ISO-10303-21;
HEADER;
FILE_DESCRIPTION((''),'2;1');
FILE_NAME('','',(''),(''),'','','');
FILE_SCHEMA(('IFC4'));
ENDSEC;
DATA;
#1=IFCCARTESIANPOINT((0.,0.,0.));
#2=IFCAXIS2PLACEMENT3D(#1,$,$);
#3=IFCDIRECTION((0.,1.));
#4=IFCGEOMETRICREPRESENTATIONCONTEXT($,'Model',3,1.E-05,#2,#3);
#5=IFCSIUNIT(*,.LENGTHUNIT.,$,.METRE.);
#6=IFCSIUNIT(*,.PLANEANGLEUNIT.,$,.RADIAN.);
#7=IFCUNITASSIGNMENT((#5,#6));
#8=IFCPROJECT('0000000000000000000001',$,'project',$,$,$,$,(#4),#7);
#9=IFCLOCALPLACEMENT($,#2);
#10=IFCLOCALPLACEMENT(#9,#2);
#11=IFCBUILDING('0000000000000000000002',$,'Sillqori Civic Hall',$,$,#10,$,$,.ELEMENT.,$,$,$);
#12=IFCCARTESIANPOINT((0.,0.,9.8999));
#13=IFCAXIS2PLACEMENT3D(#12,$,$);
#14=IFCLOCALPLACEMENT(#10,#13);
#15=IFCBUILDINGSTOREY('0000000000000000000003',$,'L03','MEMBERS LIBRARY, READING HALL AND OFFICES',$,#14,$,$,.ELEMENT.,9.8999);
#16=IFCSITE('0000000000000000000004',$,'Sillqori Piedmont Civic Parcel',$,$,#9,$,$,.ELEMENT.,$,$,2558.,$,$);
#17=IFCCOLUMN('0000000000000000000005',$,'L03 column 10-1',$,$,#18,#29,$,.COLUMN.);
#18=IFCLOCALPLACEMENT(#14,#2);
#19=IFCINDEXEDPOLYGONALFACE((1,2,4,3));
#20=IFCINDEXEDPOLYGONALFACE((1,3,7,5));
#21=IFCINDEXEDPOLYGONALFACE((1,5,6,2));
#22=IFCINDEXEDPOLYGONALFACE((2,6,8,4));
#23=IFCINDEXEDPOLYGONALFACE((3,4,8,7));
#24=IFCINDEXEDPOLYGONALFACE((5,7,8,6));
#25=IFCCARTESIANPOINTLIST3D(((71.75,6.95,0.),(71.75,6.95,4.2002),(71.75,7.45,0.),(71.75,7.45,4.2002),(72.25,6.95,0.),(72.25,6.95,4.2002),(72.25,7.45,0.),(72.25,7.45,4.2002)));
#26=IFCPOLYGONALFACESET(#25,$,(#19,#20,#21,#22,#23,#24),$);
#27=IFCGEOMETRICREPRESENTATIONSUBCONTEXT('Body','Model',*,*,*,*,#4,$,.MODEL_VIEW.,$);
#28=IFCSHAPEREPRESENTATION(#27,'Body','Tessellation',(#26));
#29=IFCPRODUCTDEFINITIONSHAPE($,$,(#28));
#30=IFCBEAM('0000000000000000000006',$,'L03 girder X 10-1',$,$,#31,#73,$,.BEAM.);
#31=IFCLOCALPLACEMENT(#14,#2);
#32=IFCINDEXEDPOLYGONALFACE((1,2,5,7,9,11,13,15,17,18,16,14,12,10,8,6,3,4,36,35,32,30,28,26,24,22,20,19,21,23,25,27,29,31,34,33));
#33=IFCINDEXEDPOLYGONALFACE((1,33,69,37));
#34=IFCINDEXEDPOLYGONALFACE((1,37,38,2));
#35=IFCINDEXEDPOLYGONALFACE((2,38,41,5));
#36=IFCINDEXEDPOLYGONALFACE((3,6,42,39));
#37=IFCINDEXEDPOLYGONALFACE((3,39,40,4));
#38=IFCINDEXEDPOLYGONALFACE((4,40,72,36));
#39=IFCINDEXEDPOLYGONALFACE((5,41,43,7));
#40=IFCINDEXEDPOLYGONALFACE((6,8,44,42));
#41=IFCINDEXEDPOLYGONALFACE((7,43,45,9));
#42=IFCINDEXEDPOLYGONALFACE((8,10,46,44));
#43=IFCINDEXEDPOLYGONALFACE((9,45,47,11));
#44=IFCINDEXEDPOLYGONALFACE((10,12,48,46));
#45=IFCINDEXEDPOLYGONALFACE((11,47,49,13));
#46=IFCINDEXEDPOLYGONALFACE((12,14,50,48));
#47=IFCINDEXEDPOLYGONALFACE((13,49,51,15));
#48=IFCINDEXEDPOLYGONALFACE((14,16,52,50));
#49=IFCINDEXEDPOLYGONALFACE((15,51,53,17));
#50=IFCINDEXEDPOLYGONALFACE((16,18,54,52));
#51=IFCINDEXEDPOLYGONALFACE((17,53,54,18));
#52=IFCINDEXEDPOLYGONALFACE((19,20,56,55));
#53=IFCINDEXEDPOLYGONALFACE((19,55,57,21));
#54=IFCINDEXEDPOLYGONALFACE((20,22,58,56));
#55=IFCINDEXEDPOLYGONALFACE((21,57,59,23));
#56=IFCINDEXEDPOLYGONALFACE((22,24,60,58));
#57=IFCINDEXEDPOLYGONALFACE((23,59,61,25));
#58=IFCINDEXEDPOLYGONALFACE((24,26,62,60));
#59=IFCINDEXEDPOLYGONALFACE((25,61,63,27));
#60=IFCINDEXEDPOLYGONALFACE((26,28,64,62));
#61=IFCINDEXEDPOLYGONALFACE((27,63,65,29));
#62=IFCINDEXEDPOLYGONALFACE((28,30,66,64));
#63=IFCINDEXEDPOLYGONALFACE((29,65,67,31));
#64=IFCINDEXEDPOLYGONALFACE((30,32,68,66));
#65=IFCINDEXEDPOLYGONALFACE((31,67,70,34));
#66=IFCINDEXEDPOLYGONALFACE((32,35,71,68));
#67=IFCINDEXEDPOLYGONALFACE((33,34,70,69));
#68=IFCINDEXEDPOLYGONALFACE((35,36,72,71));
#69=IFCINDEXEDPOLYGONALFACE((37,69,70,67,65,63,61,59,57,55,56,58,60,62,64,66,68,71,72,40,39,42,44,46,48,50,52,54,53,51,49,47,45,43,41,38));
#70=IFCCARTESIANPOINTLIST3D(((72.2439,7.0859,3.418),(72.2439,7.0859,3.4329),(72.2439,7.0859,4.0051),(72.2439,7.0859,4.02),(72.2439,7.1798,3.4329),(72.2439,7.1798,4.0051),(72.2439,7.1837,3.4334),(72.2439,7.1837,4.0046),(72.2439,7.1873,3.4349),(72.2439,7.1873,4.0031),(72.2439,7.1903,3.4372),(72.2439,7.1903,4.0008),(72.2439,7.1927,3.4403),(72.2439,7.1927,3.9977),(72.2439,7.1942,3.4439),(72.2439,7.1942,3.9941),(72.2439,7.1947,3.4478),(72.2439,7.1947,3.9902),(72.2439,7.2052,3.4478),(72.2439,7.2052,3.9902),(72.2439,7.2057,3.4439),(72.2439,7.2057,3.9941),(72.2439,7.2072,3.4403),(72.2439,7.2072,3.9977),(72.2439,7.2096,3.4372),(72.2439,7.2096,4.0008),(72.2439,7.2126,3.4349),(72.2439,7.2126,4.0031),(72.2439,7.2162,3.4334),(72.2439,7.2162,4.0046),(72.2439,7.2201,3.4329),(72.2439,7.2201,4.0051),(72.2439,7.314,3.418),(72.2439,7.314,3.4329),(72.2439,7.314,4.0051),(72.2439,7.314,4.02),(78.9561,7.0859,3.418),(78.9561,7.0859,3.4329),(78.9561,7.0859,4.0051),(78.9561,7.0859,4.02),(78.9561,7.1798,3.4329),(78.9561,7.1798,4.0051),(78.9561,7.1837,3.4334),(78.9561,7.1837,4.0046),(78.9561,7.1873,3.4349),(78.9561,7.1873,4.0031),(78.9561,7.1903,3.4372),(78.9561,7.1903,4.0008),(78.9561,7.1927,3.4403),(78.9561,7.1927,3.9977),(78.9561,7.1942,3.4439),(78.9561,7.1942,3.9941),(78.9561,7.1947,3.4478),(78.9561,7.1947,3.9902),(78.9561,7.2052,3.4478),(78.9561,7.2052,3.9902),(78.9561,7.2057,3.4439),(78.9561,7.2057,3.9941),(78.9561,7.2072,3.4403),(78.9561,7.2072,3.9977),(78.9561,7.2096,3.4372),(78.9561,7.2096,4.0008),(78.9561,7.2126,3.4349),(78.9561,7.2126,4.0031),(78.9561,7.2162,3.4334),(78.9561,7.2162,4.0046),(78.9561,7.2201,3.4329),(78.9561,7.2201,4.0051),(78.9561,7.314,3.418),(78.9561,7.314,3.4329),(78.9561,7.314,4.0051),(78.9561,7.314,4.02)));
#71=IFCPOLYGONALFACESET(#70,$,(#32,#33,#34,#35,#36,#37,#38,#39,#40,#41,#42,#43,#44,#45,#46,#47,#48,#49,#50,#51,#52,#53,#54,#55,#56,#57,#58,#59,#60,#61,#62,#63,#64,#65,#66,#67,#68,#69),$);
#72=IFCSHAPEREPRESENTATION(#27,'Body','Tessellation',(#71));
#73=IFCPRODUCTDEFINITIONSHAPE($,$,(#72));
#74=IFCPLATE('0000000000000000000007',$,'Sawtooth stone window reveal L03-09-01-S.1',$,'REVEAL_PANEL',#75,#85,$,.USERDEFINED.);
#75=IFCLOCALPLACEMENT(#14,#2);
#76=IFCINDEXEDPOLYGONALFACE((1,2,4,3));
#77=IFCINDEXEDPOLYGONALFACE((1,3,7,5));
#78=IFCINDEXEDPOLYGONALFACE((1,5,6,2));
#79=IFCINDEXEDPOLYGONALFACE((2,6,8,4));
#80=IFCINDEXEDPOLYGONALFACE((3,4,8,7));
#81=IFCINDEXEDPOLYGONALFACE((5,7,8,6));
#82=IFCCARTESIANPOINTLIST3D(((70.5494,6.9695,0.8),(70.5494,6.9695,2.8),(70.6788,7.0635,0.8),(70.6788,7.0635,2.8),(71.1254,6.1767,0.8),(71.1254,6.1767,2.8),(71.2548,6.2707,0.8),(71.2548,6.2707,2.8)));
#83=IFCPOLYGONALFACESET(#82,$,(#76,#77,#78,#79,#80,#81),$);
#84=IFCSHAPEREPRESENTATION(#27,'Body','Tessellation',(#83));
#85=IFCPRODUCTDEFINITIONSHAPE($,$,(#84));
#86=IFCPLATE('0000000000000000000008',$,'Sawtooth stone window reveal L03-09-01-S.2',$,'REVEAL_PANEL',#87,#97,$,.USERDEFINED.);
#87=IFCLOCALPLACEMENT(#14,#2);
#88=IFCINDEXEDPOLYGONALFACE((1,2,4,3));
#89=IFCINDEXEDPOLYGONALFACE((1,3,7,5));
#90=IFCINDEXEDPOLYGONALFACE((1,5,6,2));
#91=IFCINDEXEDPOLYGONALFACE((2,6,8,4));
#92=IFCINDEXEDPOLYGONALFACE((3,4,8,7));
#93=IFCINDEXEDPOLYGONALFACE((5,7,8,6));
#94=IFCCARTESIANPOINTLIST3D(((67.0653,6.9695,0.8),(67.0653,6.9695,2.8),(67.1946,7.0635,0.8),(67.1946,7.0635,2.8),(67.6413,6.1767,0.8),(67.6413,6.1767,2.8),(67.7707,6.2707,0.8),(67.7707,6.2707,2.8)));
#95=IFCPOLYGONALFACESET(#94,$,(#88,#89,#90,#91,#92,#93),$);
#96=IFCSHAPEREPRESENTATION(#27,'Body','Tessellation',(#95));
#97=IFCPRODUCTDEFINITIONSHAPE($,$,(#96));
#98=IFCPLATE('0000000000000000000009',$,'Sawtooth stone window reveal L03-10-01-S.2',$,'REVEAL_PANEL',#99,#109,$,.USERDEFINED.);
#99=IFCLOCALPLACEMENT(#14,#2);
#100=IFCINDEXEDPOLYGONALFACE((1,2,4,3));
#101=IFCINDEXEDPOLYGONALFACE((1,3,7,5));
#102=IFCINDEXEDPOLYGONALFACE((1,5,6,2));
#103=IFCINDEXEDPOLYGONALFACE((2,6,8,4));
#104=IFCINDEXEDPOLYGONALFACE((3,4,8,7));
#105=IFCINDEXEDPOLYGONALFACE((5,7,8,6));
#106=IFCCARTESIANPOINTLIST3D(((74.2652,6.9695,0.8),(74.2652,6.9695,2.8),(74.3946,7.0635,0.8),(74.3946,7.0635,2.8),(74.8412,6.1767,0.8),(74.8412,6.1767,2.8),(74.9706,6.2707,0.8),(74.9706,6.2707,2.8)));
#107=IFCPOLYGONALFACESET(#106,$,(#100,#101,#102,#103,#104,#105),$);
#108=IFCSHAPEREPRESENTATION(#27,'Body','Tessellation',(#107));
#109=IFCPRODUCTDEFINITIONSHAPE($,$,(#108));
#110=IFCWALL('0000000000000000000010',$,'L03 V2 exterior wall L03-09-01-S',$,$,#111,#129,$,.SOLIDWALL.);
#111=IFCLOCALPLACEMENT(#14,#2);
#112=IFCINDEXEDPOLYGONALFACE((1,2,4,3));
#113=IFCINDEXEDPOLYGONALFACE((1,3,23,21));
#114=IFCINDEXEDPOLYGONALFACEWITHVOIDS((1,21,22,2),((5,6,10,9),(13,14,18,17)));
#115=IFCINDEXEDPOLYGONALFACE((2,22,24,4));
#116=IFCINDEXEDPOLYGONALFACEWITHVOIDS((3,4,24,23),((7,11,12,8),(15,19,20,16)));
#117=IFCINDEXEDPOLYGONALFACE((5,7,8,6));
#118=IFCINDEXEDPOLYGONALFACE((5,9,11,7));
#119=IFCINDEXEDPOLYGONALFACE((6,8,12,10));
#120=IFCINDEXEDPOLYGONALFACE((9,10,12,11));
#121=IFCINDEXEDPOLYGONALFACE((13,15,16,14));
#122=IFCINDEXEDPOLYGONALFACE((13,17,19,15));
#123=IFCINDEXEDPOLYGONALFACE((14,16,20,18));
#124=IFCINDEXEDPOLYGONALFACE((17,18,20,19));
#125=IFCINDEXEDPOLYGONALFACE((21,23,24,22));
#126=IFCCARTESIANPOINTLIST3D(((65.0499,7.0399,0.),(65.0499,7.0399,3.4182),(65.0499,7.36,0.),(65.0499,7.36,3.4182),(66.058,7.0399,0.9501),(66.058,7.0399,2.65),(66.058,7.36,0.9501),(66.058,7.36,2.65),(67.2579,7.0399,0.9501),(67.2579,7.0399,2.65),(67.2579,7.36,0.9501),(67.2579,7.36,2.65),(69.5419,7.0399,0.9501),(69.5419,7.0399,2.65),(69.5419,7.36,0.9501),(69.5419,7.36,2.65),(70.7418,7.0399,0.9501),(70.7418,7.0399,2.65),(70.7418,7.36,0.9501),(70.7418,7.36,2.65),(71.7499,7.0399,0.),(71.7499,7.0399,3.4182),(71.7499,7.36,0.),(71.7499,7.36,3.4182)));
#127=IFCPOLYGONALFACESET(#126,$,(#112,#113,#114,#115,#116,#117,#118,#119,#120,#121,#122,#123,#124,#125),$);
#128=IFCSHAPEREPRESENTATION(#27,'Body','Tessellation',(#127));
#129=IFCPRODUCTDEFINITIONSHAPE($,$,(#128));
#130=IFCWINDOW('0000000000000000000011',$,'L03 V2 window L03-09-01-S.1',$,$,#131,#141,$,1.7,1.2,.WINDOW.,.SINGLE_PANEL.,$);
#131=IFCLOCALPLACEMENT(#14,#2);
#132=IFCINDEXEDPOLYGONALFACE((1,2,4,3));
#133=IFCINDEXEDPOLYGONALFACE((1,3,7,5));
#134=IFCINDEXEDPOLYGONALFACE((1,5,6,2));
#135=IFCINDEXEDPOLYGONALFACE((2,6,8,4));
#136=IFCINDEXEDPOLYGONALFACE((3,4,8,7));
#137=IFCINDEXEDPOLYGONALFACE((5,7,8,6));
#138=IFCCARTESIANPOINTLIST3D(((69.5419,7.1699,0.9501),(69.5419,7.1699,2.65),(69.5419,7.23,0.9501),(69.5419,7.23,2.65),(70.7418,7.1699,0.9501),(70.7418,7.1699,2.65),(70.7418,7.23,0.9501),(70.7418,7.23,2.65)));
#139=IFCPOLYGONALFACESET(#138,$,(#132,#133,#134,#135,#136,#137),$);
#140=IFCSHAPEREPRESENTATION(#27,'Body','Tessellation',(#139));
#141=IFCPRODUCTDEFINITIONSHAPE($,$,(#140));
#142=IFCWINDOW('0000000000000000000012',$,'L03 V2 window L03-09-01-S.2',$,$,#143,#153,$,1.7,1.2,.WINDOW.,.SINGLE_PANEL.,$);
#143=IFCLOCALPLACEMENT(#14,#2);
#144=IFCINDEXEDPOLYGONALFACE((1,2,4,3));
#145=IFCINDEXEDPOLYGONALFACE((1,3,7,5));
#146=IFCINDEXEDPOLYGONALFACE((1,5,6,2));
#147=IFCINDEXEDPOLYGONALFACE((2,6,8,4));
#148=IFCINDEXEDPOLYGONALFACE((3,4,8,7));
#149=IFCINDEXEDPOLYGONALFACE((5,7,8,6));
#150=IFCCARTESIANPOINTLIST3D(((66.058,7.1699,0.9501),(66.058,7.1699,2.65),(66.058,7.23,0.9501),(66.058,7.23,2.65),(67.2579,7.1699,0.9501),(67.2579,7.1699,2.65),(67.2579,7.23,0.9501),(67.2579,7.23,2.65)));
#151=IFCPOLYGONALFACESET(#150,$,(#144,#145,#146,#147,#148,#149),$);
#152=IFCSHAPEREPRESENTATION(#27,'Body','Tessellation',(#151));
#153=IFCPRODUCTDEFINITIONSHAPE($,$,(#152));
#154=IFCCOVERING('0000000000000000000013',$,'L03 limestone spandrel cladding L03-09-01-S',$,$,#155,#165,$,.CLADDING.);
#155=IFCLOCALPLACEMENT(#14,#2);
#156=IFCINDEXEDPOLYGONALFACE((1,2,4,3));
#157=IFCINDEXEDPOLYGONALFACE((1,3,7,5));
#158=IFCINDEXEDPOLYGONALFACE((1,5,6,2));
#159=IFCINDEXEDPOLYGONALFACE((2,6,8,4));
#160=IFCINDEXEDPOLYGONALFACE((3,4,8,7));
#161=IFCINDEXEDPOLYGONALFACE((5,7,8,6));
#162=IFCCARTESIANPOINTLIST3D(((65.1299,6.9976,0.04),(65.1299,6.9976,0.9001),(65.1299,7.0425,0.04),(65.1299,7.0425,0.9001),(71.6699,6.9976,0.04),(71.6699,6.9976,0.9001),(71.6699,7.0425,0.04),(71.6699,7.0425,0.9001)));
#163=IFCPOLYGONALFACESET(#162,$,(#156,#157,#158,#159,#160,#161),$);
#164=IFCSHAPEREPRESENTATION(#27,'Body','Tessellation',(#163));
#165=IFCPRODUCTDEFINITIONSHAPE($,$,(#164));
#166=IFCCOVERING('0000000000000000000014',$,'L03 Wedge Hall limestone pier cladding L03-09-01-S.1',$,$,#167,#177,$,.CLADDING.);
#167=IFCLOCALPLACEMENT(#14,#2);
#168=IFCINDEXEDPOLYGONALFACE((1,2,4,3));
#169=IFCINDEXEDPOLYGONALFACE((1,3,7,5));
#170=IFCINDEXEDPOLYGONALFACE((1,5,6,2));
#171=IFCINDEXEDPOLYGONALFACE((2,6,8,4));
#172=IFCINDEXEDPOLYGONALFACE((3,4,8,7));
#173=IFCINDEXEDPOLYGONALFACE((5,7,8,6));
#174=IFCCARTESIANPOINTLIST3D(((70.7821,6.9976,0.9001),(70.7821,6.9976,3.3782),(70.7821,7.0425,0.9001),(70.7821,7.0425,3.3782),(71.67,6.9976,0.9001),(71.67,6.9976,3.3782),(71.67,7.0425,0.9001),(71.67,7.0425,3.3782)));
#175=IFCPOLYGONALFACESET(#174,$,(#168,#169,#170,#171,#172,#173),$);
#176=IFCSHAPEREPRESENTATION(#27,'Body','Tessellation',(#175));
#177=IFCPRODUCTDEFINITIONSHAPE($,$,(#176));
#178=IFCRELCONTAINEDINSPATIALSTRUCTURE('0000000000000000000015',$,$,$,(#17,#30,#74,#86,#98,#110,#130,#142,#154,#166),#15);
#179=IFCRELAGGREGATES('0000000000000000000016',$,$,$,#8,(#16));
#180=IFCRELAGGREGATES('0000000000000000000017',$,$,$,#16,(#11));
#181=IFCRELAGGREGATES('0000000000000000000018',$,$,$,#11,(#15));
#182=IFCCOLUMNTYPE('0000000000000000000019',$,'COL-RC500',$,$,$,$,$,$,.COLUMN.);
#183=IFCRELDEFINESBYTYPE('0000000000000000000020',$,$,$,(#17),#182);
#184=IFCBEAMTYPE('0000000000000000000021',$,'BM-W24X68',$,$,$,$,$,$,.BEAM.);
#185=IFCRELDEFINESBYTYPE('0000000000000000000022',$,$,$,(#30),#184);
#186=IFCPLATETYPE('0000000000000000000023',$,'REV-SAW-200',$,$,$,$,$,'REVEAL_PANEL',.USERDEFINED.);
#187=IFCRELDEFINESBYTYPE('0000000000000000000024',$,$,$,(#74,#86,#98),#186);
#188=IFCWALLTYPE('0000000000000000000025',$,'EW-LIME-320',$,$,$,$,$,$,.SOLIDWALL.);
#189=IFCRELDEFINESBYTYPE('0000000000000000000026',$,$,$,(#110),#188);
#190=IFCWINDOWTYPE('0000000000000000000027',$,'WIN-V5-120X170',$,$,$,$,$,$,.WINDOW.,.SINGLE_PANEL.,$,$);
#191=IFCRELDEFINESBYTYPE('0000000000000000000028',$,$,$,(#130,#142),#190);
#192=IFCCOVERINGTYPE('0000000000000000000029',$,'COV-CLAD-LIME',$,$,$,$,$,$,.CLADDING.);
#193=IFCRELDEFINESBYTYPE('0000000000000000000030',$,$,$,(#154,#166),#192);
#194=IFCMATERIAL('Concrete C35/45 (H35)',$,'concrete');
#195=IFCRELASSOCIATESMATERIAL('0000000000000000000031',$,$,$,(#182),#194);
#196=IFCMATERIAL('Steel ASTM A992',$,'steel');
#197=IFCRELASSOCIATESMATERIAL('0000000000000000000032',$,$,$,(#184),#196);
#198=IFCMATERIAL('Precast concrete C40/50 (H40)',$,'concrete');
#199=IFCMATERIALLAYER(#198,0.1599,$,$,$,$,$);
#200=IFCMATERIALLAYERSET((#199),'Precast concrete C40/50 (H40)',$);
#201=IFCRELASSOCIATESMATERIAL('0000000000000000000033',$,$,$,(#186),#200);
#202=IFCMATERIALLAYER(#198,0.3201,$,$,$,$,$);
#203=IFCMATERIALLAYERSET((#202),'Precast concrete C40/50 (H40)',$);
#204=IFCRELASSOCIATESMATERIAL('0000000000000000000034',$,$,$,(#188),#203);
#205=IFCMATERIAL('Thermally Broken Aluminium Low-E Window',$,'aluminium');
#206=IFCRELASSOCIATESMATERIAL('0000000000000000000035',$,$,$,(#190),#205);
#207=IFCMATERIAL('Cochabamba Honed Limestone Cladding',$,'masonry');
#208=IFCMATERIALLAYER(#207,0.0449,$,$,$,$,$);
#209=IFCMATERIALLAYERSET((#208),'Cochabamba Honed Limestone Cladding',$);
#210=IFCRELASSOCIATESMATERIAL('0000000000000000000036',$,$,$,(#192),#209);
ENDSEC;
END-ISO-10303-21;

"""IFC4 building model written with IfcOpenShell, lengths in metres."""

from ifc_helpers import new_model, si_unit, direction, frame, frame_2d, origin, origin_2d, place, context, subcontext, project, spatial, rectangle, i_section, extrude, material, layer, layer_set, material_profile, profile_set, type_object, element, fill, save


model = new_model("IFC4")

# Units and contexts
model_context = context("Model", 3, precision=1e-05, world=origin(), true_north=direction((0.0, 1.0)))
body_context = subcontext(model_context, "Body", "Model", "MODEL_VIEW")
ifc_project = project(units=[si_unit("LENGTHUNIT", "METRE"), si_unit("PLANEANGLEUNIT", "RADIAN")], contexts=[model_context])

# Site, building, storey
site_placement = place(None, origin())
site = spatial("IfcSite", under=ifc_project, at=site_placement, Name="Sillqori Piedmont Civic Parcel", CompositionType="ELEMENT", RefElevation=2558.0)
building_placement = place(site_placement, origin())
building = spatial("IfcBuilding", under=site, at=building_placement, Name="Sillqori Civic Hall", CompositionType="ELEMENT")
storey_placement = place(building_placement, frame((0.0, 0.0, 9.8999)))
storey = spatial("IfcBuildingStorey", under=building, at=storey_placement, Name="L03", Description="MEMBERS LIBRARY, READING HALL AND OFFICES", CompositionType="ELEMENT", Elevation=9.8999)

# Column
ifc_material_1 = material(Name="Concrete C35/45 (H35)", Category="concrete")
ifc_material_profile_1 = material_profile(ifc_material_1, rectangle(XDim=0.5, YDim=0.5, at=origin_2d()), Name="RC 500x500")
ifc_profile_set_1 = profile_set([ifc_material_profile_1], Name="Concrete C35/45 (H35)")
column_type = type_object("IfcColumnType", Name="COL-RC500", PredefinedType="COLUMN", material=ifc_profile_set_1)
column_placement = place(storey_placement, frame((72.0, 7.2, 0.0), z_axis=(0.0, 0.0, 1.0), x_axis=(1.0, 0.0, 0.0)))
element("IfcColumn", 1, at=column_placement, inside=storey, type_object=column_type, Name="L03 column 10-1", PredefinedType="COLUMN", context=body_context, shape_type="SweptSolid", body=[
    extrude(rectangle(XDim=0.5, YDim=0.5, at=origin_2d()), origin(), (0.0, 0.0, 1.0), 4.2002),
])

# Beam
ifc_material_2 = material(Name="Steel ASTM A992", Category="steel")
ifc_material_profile_2 = material_profile(ifc_material_2, i_section(OverallWidth=0.228, OverallDepth=0.6021, WebThickness=0.0105, FlangeThickness=0.0149, FilletRadius=0.0149, at=origin_2d()), Name="W24X68")
ifc_profile_set_2 = profile_set([ifc_material_profile_2], Name="Steel ASTM A992")
beam_type = type_object("IfcBeamType", Name="BM-W24X68", PredefinedType="BEAM", material=ifc_profile_set_2)
beam_placement = place(storey_placement, frame((72.2439, 7.2, 3.719), z_axis=(1.0, 0.0, 0.0), x_axis=(0.0, 1.0, 0.0)))
element("IfcBeam", 2, at=beam_placement, inside=storey, type_object=beam_type, Name="L03 girder X 10-1", PredefinedType="BEAM", context=body_context, shape_type="SweptSolid", body=[
    extrude(i_section(OverallWidth=0.228, OverallDepth=0.6021, WebThickness=0.0105, FlangeThickness=0.0149, FilletRadius=0.0149, at=origin_2d()), origin(), (0.0, 0.0, 1.0), 6.7122),
])

# Plates
ifc_material_3 = material(Name="Precast concrete C40/50 (H40)", Category="concrete")
ifc_layer_1 = layer(ifc_material_3, 0.1599)
ifc_layer_set_1 = layer_set([ifc_layer_1], Name="Precast concrete C40/50 (H40)")
plate_type = type_object("IfcPlateType", Name="REV-SAW-200", ElementType="REVEAL_PANEL", PredefinedType="USERDEFINED", material=ifc_layer_set_1)
for number, where, z_axis, x_axis, name in (
    (3, (70.9021, 6.6201, 0.8), (0.0, 0.0, 1.0), (-0.809017, -0.587785, 0.0), "Sawtooth stone window reveal L03-09-01-S.1"),
    (4, (67.418, 6.6201, 0.8), (0.0, 0.0, 1.0), (-0.809017, -0.587785, 0.0), "Sawtooth stone window reveal L03-09-01-S.2"),
    (5, (74.6179, 6.6201, 0.8), (0.0, 0.0, 1.0), (-0.809017, -0.587785, 0.0), "Sawtooth stone window reveal L03-10-01-S.2"),
):
    element("IfcPlate", number, at=place(storey_placement, frame(where, z_axis=z_axis, x_axis=x_axis)), inside=storey, type_object=plate_type, Name=name, ObjectType="REVEAL_PANEL", PredefinedType="USERDEFINED", context=body_context, shape_type="SweptSolid", body=[
        extrude(rectangle(XDim=0.1599, YDim=0.98, at=origin_2d()), origin(), (0.0, 0.0, 1.0), 2.0),
    ])

# Wall, openings, windows
ifc_layer_2 = layer(ifc_material_3, 0.3201)
ifc_layer_set_2 = layer_set([ifc_layer_2], Name="Precast concrete C40/50 (H40)")
wall_type = type_object("IfcWallType", Name="EW-LIME-320", PredefinedType="SOLIDWALL", material=ifc_layer_set_2)
wall_placement = place(storey_placement, frame((71.75, 7.2, 0.0), z_axis=(0.0, 0.0, 1.0), x_axis=(-1.0, 0.0, 0.0)))
wall = element("IfcWall", 6, at=wall_placement, inside=storey, type_object=wall_type, Name="L03 V2 exterior wall L03-09-01-S", PredefinedType="SOLIDWALL", context=body_context, shape_type="SweptSolid", body=[
    extrude(rectangle(XDim=6.7, YDim=0.3201, at=frame_2d((3.3501, 0.0))), origin(), (0.0, 0.0, 1.0), 3.4182),
])
opening_1_placement = place(wall_placement, frame((1.0081, 0.0, 0.95)))
opening_1 = element("IfcOpeningElement", 7, at=opening_1_placement, cuts=wall, PredefinedType="OPENING", context=body_context, shape_type="SweptSolid", body=[
    extrude(rectangle(XDim=1.2, YDim=1.7, at=frame_2d((0.6001, 0.8501))), frame((0.0, 0.1699, 0.0), z_axis=(0.0, -1.0, 0.0), x_axis=(1.0, 0.0, 0.0)), (0.0, 0.0, 1.0), 0.3401),
])
opening_2_placement = place(wall_placement, frame((4.4919, 0.0, 0.95)))
opening_2 = element("IfcOpeningElement", 8, at=opening_2_placement, cuts=wall, PredefinedType="OPENING", context=body_context, shape_type="SweptSolid", body=[
    extrude(rectangle(XDim=1.2, YDim=1.7, at=frame_2d((0.6001, 0.8501))), frame((0.0, 0.1699, 0.0), z_axis=(0.0, -1.0, 0.0), x_axis=(1.0, 0.0, 0.0)), (0.0, 0.0, 1.0), 0.3401),
])
ifc_material_4 = material(Name="Thermally Broken Aluminium Low-E Window", Category="aluminium")
window_type = type_object("IfcWindowType", Name="WIN-V5-120X170", PartitioningType="SINGLE_PANEL", PredefinedType="WINDOW", material=ifc_material_4)
window_1_placement = place(opening_1_placement, origin())
window_1 = element("IfcWindow", 9, at=window_1_placement, inside=storey, type_object=window_type, Name="L03 V2 window L03-09-01-S.1", OverallHeight=1.7, OverallWidth=1.2, PartitioningType="SINGLE_PANEL", PredefinedType="WINDOW", context=body_context, shape_type="SweptSolid", body=[
    extrude(rectangle(XDim=1.2, YDim=1.7, at=frame_2d((0.6001, 0.8501))), frame((0.0, 0.03, 0.0), z_axis=(0.0, -1.0, 0.0), x_axis=(1.0, 0.0, 0.0)), (0.0, 0.0, 1.0), 0.0601),
])
fill(opening_1, window_1)
window_2_placement = place(opening_2_placement, origin())
window_2 = element("IfcWindow", 10, at=window_2_placement, inside=storey, type_object=window_type, Name="L03 V2 window L03-09-01-S.2", OverallHeight=1.7, OverallWidth=1.2, PartitioningType="SINGLE_PANEL", PredefinedType="WINDOW", context=body_context, shape_type="SweptSolid", body=[
    extrude(rectangle(XDim=1.2, YDim=1.7, at=frame_2d((0.6001, 0.8501))), frame((0.0, 0.03, 0.0), z_axis=(0.0, -1.0, 0.0), x_axis=(1.0, 0.0, 0.0)), (0.0, 0.0, 1.0), 0.0601),
])
fill(opening_2, window_2)

# Coverings
ifc_material_5 = material(Name="Cochabamba Honed Limestone Cladding", Category="masonry")
ifc_layer_3 = layer(ifc_material_5, 0.0449)
ifc_layer_set_3 = layer_set([ifc_layer_3], Name="Cochabamba Honed Limestone Cladding")
covering_type = type_object("IfcCoveringType", Name="COV-CLAD-LIME", PredefinedType="CLADDING", material=ifc_layer_set_3)
covering_1_placement = place(storey_placement, frame((71.6699, 7.02, 0.04), z_axis=(0.0, 0.0, 1.0), x_axis=(-1.0, 0.0, 0.0)))
element("IfcCovering", 11, at=covering_1_placement, inside=storey, type_object=covering_type, Name="L03 limestone spandrel cladding L03-09-01-S", PredefinedType="CLADDING", context=body_context, shape_type="SweptSolid", body=[
    extrude(rectangle(XDim=6.54, YDim=0.0449, at=frame_2d((3.27, 0.0))), origin(), (0.0, 0.0, 1.0), 0.8601),
])
covering_2_placement = place(storey_placement, frame((71.6699, 7.02, 0.9001), z_axis=(0.0, 0.0, 1.0), x_axis=(-1.0, 0.0, 0.0)))
element("IfcCovering", 12, at=covering_2_placement, inside=storey, type_object=covering_type, Name="L03 Wedge Hall limestone pier cladding L03-09-01-S.1", PredefinedType="CLADDING", context=body_context, shape_type="SweptSolid", body=[
    extrude(rectangle(XDim=0.8879, YDim=0.0449, at=frame_2d((0.4438, 0.0))), origin(), (0.0, 0.0, 1.0), 2.478),
])

save(model, "model.ifc")
